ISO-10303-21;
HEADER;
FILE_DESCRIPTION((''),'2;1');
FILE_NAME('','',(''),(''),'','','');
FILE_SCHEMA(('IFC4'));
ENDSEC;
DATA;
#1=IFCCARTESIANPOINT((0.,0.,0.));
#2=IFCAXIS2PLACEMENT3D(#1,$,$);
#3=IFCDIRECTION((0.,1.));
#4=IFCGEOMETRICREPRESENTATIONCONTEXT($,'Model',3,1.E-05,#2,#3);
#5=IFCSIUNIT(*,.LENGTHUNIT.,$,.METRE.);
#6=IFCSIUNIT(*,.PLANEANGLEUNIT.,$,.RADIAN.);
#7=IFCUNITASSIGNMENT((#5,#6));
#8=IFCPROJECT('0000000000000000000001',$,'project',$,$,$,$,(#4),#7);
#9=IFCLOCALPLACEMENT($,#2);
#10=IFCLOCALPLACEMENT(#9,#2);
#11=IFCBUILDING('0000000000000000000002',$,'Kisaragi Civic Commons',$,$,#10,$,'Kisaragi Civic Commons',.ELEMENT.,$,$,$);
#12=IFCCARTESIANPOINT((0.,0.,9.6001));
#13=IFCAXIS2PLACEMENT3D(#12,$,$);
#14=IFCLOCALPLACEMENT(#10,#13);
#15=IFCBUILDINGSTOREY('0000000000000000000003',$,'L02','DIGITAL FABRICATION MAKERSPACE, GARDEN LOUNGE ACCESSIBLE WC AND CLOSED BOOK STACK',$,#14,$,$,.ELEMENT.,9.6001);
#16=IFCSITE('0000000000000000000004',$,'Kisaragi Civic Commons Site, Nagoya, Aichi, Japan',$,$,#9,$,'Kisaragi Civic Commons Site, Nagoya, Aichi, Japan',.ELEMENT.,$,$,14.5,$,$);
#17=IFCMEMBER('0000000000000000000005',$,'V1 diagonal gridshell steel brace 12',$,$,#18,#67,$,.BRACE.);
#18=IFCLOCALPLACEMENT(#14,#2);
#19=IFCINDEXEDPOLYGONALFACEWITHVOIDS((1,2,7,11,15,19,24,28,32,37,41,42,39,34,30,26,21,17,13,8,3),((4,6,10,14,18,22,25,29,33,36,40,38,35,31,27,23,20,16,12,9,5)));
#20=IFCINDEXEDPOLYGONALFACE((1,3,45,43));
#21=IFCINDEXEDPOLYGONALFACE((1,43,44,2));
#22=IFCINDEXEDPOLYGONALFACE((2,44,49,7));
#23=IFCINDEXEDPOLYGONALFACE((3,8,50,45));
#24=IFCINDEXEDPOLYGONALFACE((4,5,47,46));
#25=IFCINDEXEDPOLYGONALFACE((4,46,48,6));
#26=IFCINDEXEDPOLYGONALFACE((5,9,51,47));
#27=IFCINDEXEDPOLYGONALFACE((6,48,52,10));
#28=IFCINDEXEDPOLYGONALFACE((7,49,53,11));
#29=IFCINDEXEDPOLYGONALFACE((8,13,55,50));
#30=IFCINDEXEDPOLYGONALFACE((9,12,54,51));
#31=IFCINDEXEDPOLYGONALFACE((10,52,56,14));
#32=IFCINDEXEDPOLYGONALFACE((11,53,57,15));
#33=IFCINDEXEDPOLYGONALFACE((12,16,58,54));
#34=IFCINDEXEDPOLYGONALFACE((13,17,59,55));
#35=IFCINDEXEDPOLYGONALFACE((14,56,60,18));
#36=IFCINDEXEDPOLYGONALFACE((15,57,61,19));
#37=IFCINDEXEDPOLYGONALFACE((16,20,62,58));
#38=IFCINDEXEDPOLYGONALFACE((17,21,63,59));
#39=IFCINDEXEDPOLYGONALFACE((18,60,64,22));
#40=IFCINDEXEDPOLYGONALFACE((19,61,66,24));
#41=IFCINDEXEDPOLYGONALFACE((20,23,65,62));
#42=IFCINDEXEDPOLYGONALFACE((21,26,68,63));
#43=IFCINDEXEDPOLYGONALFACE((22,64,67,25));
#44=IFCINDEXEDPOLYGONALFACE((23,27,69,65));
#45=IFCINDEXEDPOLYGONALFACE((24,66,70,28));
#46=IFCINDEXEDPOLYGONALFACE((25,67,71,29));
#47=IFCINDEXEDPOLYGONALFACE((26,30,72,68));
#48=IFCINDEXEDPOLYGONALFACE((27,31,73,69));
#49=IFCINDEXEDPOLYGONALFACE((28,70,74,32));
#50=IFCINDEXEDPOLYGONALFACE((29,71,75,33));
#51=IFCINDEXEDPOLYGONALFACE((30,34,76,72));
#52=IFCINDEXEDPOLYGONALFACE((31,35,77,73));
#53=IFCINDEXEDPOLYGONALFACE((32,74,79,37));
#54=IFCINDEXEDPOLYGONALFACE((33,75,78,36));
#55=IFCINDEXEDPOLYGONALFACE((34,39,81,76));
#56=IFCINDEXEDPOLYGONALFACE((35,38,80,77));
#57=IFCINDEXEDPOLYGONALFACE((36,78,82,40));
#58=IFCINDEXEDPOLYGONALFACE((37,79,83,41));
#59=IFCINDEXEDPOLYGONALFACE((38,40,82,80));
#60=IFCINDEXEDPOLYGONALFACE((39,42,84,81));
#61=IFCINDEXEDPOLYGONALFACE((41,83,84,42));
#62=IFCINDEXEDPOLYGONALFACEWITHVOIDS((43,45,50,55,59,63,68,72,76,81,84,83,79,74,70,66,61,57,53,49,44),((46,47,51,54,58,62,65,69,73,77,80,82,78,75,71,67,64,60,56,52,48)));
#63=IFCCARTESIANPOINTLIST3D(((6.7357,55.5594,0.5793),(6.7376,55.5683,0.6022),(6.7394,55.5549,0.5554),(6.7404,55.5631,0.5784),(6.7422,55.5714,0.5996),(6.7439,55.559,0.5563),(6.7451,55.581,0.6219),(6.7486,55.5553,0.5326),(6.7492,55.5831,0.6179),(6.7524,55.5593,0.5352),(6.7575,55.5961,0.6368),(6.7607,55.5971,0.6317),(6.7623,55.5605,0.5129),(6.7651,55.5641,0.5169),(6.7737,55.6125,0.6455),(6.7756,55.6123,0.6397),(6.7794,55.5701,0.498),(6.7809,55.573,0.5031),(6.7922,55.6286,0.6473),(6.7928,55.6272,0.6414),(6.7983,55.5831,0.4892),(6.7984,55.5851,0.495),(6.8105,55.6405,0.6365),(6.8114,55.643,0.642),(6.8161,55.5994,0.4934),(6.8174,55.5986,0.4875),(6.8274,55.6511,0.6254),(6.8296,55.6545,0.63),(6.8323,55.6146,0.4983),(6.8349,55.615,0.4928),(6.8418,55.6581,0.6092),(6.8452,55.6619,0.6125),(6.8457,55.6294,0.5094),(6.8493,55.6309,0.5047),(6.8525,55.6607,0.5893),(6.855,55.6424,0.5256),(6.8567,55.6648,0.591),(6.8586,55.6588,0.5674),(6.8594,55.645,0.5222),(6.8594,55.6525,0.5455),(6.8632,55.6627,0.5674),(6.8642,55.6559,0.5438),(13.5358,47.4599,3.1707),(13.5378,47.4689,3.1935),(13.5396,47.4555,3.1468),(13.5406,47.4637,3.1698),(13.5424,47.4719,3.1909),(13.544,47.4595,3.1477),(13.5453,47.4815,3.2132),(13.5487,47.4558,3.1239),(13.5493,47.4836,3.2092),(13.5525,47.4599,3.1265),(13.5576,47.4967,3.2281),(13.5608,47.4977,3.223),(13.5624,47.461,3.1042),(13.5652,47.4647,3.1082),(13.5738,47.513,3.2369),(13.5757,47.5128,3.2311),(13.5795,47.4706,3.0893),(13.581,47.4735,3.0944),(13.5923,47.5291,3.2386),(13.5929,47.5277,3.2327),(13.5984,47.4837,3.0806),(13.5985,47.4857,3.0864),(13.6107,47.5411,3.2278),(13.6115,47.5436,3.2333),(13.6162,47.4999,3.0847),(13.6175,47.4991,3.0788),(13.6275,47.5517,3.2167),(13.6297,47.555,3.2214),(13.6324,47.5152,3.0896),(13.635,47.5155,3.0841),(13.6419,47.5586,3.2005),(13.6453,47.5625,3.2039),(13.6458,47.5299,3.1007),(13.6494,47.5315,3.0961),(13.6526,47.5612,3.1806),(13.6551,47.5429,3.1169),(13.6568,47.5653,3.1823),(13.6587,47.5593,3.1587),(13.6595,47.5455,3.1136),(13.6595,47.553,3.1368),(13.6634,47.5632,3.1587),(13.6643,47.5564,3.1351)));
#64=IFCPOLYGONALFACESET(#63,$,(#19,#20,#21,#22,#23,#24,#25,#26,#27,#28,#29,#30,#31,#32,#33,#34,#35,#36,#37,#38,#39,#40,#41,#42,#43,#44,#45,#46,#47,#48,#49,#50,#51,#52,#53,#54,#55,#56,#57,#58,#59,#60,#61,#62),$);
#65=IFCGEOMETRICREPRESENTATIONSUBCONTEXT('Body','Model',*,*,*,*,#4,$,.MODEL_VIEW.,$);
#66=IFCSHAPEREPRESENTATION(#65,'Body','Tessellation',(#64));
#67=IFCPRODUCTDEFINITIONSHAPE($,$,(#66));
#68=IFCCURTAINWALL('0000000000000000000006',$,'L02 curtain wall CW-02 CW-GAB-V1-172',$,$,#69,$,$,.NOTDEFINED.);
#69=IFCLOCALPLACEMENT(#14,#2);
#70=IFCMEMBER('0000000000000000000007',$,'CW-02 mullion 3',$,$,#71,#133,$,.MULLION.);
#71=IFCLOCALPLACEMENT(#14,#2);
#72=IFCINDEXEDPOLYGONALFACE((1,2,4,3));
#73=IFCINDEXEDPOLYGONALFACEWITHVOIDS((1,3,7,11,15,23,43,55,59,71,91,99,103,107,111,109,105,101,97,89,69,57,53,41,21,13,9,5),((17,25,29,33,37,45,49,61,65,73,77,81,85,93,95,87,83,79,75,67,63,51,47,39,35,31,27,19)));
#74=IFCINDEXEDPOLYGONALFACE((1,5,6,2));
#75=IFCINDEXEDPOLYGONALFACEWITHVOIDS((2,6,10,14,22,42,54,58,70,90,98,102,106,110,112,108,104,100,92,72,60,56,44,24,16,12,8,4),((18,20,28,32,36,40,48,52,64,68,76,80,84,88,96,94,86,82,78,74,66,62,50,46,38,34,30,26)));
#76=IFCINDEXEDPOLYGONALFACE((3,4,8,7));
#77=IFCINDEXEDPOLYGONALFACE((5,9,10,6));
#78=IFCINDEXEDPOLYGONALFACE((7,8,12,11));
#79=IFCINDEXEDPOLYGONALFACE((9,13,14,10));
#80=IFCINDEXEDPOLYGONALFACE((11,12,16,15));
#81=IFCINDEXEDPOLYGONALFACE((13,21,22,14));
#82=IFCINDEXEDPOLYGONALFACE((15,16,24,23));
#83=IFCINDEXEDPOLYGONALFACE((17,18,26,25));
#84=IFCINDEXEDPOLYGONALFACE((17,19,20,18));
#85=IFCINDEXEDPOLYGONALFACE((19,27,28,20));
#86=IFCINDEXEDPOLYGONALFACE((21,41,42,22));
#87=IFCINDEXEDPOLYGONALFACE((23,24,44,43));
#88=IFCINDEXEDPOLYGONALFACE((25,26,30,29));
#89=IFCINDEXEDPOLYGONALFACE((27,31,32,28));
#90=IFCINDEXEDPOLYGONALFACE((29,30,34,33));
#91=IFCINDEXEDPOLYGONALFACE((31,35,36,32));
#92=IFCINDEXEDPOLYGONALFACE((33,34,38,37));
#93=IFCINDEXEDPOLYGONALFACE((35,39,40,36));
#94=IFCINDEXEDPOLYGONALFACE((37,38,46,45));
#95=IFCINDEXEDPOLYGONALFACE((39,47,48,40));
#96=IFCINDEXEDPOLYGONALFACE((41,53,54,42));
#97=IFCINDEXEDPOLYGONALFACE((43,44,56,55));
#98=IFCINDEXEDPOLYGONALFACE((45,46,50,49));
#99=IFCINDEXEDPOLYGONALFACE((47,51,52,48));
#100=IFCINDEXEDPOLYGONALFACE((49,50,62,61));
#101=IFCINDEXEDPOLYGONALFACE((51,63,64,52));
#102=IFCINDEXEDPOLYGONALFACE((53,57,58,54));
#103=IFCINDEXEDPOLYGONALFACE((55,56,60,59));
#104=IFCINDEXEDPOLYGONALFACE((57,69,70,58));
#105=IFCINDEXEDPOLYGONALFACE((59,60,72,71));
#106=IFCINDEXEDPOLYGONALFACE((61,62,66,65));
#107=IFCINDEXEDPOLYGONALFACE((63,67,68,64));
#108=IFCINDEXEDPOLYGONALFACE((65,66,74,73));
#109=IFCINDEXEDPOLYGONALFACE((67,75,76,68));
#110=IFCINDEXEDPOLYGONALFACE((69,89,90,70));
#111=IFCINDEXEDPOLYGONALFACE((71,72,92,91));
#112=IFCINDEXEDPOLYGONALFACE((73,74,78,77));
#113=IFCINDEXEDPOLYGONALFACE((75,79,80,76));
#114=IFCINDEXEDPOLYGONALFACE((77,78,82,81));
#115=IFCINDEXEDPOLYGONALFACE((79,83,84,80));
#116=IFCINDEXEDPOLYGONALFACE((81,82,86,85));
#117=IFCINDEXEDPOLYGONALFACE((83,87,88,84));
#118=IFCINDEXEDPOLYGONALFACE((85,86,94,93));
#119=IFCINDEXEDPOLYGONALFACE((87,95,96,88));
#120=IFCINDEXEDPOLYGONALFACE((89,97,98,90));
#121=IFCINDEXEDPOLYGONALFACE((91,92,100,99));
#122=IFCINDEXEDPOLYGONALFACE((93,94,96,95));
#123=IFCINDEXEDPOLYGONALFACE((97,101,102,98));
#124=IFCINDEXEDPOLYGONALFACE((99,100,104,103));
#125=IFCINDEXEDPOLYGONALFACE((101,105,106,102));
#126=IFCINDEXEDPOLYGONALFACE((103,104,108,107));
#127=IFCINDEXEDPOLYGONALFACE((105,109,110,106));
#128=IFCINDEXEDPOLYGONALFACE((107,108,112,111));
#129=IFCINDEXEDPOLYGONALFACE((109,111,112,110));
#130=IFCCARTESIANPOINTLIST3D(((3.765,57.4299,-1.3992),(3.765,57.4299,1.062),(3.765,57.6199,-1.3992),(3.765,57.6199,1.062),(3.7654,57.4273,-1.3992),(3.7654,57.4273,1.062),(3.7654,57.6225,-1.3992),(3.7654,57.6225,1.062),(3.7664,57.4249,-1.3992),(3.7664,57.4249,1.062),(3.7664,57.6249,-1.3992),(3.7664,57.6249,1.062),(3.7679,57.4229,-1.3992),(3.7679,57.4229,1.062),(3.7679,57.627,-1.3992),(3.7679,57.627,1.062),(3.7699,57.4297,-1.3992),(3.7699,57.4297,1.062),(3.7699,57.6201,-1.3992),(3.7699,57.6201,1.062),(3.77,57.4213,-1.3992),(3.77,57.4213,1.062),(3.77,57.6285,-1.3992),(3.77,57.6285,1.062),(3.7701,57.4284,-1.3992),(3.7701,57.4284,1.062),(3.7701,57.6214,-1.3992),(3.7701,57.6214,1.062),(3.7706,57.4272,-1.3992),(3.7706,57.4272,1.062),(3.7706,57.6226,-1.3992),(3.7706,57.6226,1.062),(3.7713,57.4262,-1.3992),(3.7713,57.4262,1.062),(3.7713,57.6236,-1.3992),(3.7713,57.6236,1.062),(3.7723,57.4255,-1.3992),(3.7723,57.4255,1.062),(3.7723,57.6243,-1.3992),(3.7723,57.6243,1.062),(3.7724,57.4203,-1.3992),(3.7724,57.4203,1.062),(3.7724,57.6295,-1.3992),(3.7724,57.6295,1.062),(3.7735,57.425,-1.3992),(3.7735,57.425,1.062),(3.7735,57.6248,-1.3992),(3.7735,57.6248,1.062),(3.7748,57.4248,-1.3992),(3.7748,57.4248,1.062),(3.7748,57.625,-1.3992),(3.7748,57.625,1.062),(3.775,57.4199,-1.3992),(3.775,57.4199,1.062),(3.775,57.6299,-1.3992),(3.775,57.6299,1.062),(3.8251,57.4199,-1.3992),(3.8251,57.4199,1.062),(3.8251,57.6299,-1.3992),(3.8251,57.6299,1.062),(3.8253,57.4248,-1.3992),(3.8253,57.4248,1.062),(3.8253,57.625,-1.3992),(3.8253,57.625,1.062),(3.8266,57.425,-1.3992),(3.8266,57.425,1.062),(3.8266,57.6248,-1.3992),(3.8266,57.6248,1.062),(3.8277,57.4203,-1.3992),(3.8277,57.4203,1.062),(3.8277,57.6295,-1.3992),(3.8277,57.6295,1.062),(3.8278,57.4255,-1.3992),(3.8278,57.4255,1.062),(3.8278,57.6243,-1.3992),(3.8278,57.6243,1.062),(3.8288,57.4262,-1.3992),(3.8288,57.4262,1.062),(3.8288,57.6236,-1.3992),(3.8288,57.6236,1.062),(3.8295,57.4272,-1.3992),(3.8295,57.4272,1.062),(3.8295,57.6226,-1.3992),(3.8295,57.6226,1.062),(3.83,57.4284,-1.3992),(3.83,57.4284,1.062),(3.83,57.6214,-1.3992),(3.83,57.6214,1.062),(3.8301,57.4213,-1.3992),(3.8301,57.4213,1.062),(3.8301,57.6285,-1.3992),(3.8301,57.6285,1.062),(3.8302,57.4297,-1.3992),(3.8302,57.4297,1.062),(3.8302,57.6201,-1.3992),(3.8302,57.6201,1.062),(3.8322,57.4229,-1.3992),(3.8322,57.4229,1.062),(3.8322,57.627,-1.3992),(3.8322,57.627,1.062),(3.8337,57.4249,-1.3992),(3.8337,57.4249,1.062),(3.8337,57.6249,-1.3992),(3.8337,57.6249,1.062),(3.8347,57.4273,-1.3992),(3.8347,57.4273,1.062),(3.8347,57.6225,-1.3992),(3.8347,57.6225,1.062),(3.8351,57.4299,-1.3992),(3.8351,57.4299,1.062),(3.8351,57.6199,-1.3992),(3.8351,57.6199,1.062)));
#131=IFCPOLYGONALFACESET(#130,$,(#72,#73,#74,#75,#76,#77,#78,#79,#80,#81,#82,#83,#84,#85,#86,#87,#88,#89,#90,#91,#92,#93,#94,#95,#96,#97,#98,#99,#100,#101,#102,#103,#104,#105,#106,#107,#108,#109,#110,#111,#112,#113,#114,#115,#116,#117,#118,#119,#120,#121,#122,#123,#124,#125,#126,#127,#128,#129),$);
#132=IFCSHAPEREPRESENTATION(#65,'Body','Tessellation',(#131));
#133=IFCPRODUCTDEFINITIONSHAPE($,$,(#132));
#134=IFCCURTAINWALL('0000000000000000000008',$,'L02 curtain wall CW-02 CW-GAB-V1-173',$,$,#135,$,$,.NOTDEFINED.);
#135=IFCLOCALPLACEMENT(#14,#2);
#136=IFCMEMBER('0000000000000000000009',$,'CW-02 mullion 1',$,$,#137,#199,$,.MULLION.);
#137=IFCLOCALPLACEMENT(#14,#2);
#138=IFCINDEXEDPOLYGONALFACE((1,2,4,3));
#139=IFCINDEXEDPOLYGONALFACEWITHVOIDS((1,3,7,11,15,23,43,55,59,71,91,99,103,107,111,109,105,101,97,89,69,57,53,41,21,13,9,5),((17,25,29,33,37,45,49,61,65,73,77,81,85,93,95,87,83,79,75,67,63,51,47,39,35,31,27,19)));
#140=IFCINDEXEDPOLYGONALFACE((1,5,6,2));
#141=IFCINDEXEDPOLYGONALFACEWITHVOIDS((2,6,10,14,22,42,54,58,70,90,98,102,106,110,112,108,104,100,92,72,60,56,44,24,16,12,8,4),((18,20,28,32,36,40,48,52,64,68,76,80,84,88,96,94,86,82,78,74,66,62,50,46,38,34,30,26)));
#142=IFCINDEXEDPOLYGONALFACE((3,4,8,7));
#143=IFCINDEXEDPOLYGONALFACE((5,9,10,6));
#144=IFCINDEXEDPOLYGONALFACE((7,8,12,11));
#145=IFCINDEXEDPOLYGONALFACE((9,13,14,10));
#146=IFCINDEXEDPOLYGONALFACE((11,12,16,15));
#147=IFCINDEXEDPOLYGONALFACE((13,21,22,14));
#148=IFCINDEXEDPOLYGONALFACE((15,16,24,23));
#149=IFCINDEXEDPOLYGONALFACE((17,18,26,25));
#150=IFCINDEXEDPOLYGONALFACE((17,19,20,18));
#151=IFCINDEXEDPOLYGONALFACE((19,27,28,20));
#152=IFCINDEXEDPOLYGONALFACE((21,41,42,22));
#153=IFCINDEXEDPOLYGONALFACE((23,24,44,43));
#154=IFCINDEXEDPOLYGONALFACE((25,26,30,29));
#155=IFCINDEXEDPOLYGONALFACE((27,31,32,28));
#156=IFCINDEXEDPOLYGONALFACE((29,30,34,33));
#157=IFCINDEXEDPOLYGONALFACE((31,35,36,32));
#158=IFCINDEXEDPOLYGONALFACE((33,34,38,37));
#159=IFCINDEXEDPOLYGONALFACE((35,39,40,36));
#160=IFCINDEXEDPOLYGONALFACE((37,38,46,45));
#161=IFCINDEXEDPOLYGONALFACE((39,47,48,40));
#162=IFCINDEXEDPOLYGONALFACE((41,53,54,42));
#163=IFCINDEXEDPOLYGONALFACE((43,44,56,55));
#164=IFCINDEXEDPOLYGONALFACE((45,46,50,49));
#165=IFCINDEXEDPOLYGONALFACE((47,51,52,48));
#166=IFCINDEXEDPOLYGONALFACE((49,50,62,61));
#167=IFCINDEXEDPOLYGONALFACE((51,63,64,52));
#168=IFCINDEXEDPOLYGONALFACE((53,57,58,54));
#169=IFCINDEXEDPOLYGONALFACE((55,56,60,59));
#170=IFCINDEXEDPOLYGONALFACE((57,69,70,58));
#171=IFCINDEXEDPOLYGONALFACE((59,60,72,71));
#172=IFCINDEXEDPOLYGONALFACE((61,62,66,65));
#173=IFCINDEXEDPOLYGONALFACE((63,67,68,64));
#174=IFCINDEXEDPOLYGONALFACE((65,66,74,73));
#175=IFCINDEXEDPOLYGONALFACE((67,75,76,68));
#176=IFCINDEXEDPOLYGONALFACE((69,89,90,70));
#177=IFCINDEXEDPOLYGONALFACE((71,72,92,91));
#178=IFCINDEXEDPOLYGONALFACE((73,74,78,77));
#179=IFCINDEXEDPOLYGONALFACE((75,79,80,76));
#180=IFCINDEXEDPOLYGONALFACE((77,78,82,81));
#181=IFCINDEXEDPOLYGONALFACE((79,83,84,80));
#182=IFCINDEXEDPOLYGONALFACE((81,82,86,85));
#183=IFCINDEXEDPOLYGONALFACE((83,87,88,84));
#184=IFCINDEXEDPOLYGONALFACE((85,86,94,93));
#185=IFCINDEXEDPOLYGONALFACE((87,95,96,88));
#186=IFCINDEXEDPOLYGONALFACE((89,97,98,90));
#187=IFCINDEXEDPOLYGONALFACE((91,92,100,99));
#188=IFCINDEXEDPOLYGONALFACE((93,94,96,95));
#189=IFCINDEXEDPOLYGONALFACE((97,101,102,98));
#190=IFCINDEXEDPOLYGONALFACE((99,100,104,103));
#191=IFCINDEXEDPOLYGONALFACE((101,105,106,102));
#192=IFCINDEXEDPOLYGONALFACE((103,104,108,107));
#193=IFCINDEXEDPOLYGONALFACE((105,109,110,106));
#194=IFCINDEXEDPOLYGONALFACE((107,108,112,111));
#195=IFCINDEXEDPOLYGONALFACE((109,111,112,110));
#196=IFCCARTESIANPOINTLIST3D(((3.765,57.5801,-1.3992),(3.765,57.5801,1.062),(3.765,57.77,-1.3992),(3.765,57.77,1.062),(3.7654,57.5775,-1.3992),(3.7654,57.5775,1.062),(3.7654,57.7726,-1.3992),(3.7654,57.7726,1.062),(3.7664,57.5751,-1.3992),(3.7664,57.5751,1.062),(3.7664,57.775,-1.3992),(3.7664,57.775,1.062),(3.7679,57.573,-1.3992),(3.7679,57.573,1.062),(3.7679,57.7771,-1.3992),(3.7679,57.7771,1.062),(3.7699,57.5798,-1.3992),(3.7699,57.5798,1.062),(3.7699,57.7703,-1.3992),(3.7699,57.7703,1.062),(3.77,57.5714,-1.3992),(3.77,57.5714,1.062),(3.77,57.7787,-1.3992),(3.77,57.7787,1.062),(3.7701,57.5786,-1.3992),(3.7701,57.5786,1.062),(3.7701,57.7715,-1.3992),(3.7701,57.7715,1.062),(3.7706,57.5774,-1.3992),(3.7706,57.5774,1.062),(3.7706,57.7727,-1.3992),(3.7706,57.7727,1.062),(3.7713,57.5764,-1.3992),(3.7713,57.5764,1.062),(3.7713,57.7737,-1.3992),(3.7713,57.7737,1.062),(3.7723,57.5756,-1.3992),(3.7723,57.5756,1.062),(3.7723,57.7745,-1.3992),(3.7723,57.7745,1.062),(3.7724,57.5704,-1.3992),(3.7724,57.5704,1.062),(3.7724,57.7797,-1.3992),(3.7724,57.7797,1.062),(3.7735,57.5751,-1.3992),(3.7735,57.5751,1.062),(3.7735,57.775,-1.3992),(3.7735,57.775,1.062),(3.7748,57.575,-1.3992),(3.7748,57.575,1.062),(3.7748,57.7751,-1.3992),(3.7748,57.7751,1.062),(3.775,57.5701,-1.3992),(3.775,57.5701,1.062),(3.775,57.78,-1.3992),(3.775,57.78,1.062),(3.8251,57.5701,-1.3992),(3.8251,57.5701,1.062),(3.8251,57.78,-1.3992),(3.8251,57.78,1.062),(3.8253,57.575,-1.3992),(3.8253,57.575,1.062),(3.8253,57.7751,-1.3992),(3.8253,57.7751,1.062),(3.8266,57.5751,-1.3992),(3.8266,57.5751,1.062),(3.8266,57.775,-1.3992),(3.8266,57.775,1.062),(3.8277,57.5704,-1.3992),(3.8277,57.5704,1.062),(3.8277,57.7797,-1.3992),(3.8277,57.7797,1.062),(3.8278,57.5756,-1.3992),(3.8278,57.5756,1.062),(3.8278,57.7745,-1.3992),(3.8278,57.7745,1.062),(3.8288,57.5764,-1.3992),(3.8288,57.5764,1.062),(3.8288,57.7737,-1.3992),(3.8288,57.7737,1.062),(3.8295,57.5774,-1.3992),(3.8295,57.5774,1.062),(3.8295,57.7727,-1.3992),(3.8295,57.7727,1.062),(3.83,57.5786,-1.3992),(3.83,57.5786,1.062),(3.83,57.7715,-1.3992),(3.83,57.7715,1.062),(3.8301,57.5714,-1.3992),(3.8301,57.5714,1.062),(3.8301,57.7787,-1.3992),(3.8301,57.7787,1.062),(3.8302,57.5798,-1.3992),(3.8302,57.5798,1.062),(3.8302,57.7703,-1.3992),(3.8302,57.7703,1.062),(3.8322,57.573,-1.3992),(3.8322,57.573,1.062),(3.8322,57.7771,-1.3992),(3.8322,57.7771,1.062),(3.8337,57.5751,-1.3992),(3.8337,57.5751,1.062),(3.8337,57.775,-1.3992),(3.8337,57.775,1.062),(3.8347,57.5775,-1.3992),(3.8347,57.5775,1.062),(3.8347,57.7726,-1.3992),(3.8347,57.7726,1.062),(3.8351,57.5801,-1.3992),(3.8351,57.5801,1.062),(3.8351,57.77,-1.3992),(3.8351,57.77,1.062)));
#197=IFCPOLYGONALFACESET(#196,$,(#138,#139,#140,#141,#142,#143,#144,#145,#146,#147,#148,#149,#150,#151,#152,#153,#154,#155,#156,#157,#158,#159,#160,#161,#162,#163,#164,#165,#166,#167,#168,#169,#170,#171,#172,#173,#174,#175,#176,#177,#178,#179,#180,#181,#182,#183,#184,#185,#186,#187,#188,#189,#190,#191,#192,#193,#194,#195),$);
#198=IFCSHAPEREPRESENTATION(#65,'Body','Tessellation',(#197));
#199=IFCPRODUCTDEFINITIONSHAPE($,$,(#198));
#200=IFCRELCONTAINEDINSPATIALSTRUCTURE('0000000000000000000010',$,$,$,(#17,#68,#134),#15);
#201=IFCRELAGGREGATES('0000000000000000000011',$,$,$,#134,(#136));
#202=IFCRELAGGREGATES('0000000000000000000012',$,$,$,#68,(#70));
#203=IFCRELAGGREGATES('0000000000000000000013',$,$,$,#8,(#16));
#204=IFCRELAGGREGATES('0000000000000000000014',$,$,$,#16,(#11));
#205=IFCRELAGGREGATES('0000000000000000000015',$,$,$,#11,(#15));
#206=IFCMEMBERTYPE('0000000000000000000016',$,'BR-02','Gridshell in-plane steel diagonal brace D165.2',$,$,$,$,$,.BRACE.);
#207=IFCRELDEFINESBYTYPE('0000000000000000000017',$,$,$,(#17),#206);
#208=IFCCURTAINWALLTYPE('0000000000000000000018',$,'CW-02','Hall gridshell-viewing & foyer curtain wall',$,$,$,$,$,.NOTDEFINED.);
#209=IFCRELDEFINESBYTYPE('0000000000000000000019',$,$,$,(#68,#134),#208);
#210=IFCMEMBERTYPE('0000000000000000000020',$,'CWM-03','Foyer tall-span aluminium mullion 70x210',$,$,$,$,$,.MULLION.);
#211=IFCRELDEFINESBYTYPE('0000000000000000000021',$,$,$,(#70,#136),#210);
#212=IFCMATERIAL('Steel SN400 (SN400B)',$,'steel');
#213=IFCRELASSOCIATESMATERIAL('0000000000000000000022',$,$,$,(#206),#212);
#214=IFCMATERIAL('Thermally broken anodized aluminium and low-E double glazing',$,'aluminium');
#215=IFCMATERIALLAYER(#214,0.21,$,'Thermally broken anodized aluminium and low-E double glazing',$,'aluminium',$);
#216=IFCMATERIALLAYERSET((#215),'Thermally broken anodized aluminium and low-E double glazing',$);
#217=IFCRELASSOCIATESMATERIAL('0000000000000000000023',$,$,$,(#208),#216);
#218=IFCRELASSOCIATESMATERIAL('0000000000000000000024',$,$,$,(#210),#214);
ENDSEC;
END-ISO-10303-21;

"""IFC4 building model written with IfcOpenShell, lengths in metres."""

from ifc_helpers import new_model, si_unit, direction, frame, origin, origin_2d, place, context, subcontext, project, spatial, hollow_rectangle, hollow_circle, extrude, material, layer, layer_set, material_profile, profile_set, type_object, element, aggregate, save


model = new_model("IFC4")

# Units and contexts
model_context = context("Model", 3, precision=1e-05, world=origin(), true_north=direction((0.0, 1.0)))
body_context = subcontext(model_context, "Body", "Model", "MODEL_VIEW")
ifc_project = project(units=[si_unit("LENGTHUNIT", "METRE"), si_unit("PLANEANGLEUNIT", "RADIAN")], contexts=[model_context])

# Site, building, storey
site_placement = place(None, origin())
site = spatial("IfcSite", under=ifc_project, at=site_placement, Name="Kisaragi Civic Commons Site, Nagoya, Aichi, Japan", LongName="Kisaragi Civic Commons Site, Nagoya, Aichi, Japan", CompositionType="ELEMENT", RefElevation=14.5)
building_placement = place(site_placement, origin())
building = spatial("IfcBuilding", under=site, at=building_placement, Name="Kisaragi Civic Commons", LongName="Kisaragi Civic Commons", CompositionType="ELEMENT")
storey_placement = place(building_placement, frame((0.0, 0.0, 9.6001)))
storey = spatial("IfcBuildingStorey", under=building, at=storey_placement, Name="L02", Description="DIGITAL FABRICATION MAKERSPACE, GARDEN LOUNGE ACCESSIBLE WC AND CLOSED BOOK STACK", CompositionType="ELEMENT", Elevation=9.6001)

# Member
ifc_material_1 = material(Name="Steel SN400 (SN400B)", Category="steel")
ifc_material_profile_1 = material_profile(ifc_material_1, hollow_circle(Radius=0.0825, WallThickness=0.0061, at=origin_2d()), Name="CHS-165.2x6.0", Category="steel")
ifc_profile_set_1 = profile_set([ifc_material_profile_1], Name="Steel SN400 (SN400B)")
member_type_1 = type_object("IfcMemberType", Name="BR-02", Description="Gridshell in-plane steel diagonal brace D165.2", PredefinedType="BRACE", material=ifc_profile_set_1)
member_1_placement = place(storey_placement, frame((6.8, 55.6096, 0.5674), z_axis=(0.624528, -0.743859, 0.23799), x_axis=(0.765864, 0.643003, 0.0)))
element("IfcMember", 1, at=member_1_placement, inside=storey, type_object=member_type_1, Name="V1 diagonal gridshell steel brace 12", PredefinedType="BRACE", context=body_context, shape_type="SweptSolid", body=[
    extrude(hollow_circle(Radius=0.0825, WallThickness=0.0061, at=origin_2d()), origin(), (0.0, 0.0, 1.0), 10.8884),
])

# Curtain wall, member
ifc_material_2 = material(Name="Thermally broken anodized aluminium and low-E double glazing", Category="aluminium")
ifc_layer_1 = layer(ifc_material_2, 0.21, Name="Thermally broken anodized aluminium and low-E double glazing", Category="aluminium")
ifc_layer_set_1 = layer_set([ifc_layer_1], Name="Thermally broken anodized aluminium and low-E double glazing")
curtain_wall_type = type_object("IfcCurtainWallType", Name="CW-02", Description="Hall gridshell-viewing & foyer curtain wall", PredefinedType="NOTDEFINED", material=ifc_layer_set_1)
curtain_wall_1_placement = place(storey_placement, origin())
curtain_wall_1 = element("IfcCurtainWall", 2, at=curtain_wall_1_placement, inside=storey, type_object=curtain_wall_type, Name="L02 curtain wall CW-02 CW-GAB-V1-172", PredefinedType="NOTDEFINED")
ifc_material_profile_2 = material_profile(ifc_material_2, hollow_rectangle(XDim=0.0701, YDim=0.21, WallThickness=0.0049, InnerFilletRadius=0.0049, OuterFilletRadius=0.01, at=origin_2d()), Name="CWM-70x210x5", Category="aluminium")
ifc_profile_set_2 = profile_set([ifc_material_profile_2], Name="Thermally broken anodized aluminium and low-E double glazing")
member_type_2 = type_object("IfcMemberType", Name="CWM-03", Description="Foyer tall-span aluminium mullion 70x210", PredefinedType="MULLION", material=ifc_profile_set_2)
member_2_placement = place(storey_placement, frame((3.8, 57.5249, -1.3992), z_axis=(0.0, 0.0, 1.0), x_axis=(-1.0, 0.0, 0.0)))
member_2 = element("IfcMember", 3, at=member_2_placement, type_object=member_type_2, Name="CW-02 mullion 3", PredefinedType="MULLION", context=body_context, shape_type="SweptSolid", body=[
    extrude(hollow_rectangle(XDim=0.0701, YDim=0.21, WallThickness=0.0049, InnerFilletRadius=0.0049, OuterFilletRadius=0.01, at=origin_2d()), origin(), (0.0, 0.0, 1.0), 2.4612),
])

# Curtain wall, member
curtain_wall_2_placement = place(storey_placement, origin())
curtain_wall_2 = element("IfcCurtainWall", 4, at=curtain_wall_2_placement, inside=storey, type_object=curtain_wall_type, Name="L02 curtain wall CW-02 CW-GAB-V1-173", PredefinedType="NOTDEFINED")
member_3_placement = place(storey_placement, frame((3.8, 57.675, -1.3992), z_axis=(0.0, 0.0, 1.0), x_axis=(-1.0, 0.0, 0.0)))
member_3 = element("IfcMember", 5, at=member_3_placement, type_object=member_type_2, Name="CW-02 mullion 1", PredefinedType="MULLION", context=body_context, shape_type="SweptSolid", body=[
    extrude(hollow_rectangle(XDim=0.0701, YDim=0.21, WallThickness=0.0049, InnerFilletRadius=0.0049, OuterFilletRadius=0.01, at=origin_2d()), origin(), (0.0, 0.0, 1.0), 2.4612),
])
aggregate(curtain_wall_2, [member_3])

aggregate(curtain_wall_1, [member_2])

save(model, "model.ifc")
